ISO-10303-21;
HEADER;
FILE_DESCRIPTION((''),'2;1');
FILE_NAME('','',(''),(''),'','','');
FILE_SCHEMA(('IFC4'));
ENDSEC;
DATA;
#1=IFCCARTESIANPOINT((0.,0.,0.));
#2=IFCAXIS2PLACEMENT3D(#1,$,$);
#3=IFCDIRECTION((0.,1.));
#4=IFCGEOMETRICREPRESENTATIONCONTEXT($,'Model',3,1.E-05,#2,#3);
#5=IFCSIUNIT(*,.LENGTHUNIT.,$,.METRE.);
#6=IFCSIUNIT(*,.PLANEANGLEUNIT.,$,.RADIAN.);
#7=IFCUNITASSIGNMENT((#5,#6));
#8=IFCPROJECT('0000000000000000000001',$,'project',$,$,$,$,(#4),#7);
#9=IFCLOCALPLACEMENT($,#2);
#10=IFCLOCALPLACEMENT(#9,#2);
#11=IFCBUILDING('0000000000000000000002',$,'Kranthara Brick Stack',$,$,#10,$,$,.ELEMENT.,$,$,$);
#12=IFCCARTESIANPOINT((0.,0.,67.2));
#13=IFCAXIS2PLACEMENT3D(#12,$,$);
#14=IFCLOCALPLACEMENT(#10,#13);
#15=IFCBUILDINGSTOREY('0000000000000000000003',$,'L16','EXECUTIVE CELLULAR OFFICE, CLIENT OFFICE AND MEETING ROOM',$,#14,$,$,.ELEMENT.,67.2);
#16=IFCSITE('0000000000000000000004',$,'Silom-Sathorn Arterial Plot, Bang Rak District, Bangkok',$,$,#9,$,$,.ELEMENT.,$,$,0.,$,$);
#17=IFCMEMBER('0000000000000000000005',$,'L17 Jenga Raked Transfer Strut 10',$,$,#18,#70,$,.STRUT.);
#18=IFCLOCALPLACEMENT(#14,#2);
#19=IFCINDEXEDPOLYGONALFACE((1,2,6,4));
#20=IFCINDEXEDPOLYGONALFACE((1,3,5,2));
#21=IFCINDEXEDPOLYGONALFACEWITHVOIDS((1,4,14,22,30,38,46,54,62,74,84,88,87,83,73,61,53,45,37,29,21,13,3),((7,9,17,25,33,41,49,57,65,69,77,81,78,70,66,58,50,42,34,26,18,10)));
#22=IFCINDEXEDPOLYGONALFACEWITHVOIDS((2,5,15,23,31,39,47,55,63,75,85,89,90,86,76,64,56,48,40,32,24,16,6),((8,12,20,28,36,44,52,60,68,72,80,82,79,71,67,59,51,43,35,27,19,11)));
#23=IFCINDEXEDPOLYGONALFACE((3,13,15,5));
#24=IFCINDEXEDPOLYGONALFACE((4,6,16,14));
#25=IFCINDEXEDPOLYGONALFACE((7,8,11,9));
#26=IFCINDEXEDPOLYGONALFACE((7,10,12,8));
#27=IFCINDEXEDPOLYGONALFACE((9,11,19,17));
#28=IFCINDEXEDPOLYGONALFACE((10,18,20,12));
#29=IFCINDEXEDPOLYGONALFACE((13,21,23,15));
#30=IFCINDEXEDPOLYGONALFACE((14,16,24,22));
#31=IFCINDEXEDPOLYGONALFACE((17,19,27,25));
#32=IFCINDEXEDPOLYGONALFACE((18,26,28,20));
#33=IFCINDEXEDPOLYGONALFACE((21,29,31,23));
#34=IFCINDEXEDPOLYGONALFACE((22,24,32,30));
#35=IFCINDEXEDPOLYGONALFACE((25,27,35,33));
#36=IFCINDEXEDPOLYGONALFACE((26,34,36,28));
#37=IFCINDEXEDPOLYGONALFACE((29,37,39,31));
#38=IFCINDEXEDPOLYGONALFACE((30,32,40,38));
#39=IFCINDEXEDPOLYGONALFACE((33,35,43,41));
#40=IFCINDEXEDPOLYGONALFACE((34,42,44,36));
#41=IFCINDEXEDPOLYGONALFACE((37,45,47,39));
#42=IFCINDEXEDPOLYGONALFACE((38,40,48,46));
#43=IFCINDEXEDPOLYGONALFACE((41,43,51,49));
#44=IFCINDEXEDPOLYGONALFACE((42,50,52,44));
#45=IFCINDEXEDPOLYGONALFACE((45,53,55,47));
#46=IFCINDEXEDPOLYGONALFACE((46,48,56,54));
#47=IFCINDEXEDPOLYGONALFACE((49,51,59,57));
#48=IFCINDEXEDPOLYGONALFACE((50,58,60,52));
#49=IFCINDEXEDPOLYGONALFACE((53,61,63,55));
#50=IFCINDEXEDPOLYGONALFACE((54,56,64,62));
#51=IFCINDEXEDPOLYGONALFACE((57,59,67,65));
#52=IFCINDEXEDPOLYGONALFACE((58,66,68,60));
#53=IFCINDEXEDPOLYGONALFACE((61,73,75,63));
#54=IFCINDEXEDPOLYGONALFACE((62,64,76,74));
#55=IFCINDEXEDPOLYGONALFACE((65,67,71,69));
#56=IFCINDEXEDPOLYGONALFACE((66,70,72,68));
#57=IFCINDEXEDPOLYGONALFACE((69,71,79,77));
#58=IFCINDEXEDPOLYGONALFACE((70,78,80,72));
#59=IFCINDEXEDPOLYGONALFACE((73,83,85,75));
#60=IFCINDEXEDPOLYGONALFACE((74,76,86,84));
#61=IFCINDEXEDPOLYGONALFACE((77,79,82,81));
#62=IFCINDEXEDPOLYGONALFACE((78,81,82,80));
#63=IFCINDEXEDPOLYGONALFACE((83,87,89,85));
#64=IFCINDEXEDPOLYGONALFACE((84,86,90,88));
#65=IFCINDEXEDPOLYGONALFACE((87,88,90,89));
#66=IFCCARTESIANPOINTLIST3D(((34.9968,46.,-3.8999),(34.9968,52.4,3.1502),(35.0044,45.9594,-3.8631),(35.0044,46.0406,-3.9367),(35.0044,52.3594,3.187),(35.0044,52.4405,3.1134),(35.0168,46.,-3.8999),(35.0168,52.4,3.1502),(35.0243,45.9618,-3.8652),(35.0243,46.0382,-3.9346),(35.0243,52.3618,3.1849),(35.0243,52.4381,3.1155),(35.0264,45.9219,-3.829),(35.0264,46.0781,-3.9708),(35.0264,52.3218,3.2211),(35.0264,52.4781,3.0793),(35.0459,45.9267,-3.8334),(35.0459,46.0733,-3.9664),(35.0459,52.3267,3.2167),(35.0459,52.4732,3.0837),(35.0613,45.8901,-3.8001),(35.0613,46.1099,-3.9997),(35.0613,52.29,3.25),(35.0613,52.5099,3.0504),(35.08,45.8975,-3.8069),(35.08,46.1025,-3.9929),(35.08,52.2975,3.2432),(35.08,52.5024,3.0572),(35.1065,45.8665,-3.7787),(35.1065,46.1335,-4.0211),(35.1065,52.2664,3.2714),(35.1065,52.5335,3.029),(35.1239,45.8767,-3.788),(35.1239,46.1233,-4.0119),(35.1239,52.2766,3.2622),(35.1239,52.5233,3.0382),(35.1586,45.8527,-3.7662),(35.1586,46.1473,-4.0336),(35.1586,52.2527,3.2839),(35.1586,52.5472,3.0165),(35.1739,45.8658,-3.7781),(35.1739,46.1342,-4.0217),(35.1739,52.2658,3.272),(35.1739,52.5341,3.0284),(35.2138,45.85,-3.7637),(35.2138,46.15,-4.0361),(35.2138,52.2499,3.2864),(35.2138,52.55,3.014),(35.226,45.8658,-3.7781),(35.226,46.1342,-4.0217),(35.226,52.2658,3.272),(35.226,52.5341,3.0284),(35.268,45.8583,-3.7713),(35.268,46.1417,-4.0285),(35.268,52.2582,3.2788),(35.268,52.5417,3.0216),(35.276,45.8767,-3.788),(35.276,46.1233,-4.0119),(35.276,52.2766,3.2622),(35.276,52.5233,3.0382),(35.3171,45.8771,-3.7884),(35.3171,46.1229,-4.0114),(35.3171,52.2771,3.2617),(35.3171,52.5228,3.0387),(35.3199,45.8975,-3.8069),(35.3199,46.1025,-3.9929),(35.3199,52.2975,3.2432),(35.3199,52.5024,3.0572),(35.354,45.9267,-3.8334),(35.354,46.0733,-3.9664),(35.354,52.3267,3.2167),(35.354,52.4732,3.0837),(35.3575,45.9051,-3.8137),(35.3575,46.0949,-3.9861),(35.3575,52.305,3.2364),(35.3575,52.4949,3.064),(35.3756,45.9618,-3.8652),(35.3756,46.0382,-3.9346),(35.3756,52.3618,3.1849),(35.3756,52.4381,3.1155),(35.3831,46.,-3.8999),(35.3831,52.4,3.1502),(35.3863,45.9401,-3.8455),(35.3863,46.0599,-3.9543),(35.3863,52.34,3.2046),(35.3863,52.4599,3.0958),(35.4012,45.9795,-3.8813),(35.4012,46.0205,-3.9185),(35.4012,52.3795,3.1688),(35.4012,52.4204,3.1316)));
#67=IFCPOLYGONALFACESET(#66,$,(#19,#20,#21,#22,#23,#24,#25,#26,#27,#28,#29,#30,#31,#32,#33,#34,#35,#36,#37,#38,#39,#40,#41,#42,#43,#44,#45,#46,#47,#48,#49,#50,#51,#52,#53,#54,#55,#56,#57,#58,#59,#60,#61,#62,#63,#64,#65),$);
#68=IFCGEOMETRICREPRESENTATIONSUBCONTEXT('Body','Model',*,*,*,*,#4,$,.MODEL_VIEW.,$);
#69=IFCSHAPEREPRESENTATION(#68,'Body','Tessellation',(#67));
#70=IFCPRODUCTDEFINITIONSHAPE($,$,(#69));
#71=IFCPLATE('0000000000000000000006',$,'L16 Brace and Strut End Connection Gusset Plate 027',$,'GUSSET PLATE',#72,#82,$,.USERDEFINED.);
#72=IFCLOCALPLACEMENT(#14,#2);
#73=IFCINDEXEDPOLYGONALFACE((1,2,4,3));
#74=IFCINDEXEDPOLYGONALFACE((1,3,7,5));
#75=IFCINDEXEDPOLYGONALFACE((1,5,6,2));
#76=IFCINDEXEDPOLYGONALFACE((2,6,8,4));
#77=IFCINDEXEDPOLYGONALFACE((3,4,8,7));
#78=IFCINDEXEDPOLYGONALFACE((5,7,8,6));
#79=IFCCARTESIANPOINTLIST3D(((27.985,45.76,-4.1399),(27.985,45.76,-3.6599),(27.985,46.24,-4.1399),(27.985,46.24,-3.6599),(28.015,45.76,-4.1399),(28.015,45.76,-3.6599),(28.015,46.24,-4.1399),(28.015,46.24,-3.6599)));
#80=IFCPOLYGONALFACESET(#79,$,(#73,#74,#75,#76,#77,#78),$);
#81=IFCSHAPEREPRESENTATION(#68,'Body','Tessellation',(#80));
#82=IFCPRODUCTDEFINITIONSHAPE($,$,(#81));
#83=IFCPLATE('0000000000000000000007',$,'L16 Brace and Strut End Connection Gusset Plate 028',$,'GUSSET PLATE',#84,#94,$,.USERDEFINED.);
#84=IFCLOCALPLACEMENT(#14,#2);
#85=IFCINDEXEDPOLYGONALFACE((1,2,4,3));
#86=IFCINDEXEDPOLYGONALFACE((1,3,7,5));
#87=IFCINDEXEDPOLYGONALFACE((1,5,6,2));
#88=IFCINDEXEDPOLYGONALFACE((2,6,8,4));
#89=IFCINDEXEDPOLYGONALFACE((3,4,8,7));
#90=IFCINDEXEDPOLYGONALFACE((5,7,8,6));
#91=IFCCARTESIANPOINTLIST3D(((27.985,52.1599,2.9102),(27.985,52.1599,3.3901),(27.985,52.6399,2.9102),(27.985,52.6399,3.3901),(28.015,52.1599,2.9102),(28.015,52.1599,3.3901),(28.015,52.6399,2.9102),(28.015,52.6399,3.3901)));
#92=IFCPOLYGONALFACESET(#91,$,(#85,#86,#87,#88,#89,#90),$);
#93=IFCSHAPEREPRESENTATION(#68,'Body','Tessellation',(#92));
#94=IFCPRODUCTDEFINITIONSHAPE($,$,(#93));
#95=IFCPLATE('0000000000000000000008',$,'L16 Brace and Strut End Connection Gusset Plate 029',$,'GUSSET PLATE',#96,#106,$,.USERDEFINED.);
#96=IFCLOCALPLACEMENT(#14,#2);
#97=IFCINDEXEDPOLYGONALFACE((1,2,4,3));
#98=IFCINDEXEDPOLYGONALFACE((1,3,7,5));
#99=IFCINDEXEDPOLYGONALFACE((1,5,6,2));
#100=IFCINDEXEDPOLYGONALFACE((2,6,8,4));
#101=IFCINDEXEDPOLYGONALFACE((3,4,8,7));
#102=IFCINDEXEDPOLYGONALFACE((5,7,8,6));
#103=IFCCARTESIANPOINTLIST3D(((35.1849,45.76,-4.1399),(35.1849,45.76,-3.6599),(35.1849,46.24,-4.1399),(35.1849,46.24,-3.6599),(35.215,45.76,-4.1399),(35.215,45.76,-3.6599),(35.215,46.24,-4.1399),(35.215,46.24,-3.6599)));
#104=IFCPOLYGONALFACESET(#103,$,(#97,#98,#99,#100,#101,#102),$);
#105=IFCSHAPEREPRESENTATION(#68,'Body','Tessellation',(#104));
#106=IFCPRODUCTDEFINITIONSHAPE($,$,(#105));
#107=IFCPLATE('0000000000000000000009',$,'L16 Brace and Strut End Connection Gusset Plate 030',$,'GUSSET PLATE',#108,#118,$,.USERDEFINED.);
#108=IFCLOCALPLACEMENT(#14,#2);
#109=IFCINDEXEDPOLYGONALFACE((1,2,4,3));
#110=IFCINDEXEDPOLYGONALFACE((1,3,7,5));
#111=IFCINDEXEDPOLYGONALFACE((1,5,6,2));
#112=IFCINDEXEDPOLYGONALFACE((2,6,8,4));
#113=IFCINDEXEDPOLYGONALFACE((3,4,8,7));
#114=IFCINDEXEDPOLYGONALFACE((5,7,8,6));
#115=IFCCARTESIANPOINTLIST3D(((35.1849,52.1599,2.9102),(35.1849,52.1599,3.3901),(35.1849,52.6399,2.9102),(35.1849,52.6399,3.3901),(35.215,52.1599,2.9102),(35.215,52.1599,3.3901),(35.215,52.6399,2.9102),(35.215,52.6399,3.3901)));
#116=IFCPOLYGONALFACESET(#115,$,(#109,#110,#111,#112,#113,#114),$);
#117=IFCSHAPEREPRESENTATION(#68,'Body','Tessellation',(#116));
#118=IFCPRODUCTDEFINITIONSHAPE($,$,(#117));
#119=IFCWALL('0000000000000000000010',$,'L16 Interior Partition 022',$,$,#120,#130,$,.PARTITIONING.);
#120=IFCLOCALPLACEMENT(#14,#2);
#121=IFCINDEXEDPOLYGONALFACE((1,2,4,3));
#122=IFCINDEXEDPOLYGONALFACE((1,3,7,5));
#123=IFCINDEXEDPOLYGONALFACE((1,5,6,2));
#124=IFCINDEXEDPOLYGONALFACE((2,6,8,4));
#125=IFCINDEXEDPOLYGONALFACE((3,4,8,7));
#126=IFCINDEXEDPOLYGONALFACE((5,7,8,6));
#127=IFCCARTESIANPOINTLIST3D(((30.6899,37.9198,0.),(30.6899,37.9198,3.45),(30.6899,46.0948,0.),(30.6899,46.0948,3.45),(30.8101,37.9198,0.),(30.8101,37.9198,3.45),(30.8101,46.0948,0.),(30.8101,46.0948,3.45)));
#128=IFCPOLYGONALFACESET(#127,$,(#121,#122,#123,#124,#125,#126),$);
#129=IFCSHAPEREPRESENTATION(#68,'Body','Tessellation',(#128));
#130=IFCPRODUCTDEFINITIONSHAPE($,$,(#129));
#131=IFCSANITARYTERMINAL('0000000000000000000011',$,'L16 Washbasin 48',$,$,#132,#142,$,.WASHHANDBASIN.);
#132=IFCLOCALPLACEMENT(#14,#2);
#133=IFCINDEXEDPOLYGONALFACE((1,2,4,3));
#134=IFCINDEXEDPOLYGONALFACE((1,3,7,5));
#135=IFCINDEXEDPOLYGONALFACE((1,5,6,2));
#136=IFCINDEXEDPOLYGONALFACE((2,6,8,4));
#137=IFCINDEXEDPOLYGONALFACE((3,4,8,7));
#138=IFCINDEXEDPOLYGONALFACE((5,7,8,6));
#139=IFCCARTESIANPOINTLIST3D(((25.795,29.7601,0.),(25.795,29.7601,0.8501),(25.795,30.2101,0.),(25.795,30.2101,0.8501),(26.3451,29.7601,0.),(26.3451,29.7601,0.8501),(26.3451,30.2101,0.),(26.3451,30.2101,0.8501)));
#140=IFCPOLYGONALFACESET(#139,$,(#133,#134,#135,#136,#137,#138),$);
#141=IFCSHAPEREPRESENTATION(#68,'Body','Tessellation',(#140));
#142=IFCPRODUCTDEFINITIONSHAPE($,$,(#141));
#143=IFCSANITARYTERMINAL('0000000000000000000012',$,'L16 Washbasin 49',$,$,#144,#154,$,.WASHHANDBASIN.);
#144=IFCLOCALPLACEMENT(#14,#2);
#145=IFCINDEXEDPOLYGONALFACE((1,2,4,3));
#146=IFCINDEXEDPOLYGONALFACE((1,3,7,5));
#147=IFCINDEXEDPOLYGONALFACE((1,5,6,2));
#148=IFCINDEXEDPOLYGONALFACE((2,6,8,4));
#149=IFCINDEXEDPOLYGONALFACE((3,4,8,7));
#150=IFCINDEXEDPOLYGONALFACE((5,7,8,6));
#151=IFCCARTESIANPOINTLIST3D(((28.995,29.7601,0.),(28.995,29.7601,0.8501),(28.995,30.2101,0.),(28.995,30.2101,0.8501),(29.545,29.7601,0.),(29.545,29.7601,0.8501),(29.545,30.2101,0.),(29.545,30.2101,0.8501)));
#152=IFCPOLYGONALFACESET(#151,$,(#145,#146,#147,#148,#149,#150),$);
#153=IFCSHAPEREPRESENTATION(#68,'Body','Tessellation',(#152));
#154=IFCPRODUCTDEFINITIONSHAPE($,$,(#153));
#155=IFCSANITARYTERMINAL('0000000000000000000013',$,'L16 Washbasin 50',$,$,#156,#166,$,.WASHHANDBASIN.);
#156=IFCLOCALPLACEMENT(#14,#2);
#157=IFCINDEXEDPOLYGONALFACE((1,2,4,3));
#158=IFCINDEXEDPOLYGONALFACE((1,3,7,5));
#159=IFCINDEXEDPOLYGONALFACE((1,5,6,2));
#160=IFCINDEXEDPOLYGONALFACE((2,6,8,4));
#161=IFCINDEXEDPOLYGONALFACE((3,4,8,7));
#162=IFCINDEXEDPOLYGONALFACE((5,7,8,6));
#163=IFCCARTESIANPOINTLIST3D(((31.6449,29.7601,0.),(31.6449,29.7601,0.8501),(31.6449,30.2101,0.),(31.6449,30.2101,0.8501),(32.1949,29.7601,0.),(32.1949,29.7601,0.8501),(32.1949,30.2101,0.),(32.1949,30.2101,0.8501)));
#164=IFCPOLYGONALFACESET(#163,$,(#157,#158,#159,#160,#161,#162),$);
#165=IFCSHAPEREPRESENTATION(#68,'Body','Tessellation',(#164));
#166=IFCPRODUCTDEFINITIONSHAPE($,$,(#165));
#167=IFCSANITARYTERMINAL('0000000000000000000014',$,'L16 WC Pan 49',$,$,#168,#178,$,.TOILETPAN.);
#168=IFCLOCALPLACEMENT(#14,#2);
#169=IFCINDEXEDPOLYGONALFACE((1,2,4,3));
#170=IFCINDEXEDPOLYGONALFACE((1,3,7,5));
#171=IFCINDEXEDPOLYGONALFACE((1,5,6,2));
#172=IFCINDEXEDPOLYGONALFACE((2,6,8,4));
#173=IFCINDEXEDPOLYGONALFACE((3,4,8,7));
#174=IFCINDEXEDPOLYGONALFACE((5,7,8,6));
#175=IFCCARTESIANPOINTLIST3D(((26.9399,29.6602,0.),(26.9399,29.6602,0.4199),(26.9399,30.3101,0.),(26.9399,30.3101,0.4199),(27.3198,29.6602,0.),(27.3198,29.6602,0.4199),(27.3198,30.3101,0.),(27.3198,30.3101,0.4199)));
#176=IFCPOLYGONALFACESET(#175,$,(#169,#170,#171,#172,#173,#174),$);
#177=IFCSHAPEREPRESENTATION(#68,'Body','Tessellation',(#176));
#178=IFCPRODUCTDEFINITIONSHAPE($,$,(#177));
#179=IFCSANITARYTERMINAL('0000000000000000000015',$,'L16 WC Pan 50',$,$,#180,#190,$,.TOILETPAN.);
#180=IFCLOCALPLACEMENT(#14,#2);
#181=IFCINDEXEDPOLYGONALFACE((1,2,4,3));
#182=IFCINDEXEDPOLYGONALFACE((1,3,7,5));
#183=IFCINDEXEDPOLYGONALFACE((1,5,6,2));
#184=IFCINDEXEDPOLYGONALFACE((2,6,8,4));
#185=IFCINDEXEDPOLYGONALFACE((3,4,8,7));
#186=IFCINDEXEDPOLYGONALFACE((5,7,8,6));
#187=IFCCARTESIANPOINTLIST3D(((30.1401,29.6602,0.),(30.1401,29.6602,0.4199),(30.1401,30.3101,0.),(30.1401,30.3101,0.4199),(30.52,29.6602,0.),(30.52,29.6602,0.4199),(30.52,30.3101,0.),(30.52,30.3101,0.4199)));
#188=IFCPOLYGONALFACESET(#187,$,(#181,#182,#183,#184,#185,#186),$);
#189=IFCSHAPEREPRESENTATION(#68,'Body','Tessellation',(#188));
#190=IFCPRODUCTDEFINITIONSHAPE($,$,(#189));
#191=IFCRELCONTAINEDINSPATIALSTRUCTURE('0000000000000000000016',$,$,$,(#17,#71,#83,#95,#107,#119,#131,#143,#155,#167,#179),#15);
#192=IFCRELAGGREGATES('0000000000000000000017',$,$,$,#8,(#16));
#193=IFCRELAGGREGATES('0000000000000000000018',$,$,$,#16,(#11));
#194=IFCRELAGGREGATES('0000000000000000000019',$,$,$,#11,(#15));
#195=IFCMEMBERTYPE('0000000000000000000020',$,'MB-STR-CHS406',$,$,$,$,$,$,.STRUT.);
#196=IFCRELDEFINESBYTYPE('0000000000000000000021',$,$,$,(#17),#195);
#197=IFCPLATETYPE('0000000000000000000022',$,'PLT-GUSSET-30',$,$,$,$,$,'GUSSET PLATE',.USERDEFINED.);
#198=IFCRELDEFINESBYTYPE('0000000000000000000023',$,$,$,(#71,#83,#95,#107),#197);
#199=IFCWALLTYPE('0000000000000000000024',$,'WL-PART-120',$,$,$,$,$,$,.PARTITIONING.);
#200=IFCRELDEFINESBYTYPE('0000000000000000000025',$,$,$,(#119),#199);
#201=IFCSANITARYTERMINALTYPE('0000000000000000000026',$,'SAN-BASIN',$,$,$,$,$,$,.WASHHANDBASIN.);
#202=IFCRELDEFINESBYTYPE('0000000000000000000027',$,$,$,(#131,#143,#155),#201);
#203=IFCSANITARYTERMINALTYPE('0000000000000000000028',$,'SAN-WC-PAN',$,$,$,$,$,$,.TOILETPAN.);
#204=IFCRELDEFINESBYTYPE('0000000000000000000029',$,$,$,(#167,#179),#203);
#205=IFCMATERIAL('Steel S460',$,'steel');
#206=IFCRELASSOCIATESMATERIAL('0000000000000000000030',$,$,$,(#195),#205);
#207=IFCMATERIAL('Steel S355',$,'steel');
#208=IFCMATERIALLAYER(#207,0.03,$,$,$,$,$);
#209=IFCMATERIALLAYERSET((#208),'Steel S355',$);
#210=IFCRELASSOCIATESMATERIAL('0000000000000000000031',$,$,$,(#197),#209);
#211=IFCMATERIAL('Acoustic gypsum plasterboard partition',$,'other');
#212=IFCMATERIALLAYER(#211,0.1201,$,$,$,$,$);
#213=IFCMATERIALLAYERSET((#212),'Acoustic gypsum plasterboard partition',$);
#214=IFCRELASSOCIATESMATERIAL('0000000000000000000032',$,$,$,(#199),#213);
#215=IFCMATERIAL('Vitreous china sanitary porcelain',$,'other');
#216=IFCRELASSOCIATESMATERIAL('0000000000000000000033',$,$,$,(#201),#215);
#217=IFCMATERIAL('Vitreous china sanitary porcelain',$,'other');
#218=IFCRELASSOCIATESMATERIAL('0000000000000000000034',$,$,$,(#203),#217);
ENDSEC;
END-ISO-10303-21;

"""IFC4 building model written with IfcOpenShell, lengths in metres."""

from ifc_helpers import new_model, si_unit, direction, frame, frame_2d, origin, origin_2d, place, context, subcontext, project, spatial, rectangle, hollow_circle, extrude, material, layer, layer_set, material_profile, profile_set, type_object, element, save


model = new_model("IFC4")

# Units and contexts
model_context = context("Model", 3, precision=1e-05, world=origin(), true_north=direction((0.0, 1.0)))
body_context = subcontext(model_context, "Body", "Model", "MODEL_VIEW")
ifc_project = project(units=[si_unit("LENGTHUNIT", "METRE"), si_unit("PLANEANGLEUNIT", "RADIAN")], contexts=[model_context])

# Site, building, storey
site_placement = place(None, origin())
site = spatial("IfcSite", under=ifc_project, at=site_placement, Name="Silom-Sathorn Arterial Plot, Bang Rak District, Bangkok", CompositionType="ELEMENT", RefElevation=0.0)
building_placement = place(site_placement, origin())
building = spatial("IfcBuilding", under=site, at=building_placement, Name="Kranthara Brick Stack", CompositionType="ELEMENT")
storey_placement = place(building_placement, frame((0.0, 0.0, 67.2)))
storey = spatial("IfcBuildingStorey", under=building, at=storey_placement, Name="L16", Description="EXECUTIVE CELLULAR OFFICE, CLIENT OFFICE AND MEETING ROOM", CompositionType="ELEMENT", Elevation=67.2)

# Member
ifc_material_1 = material(Name="Steel S460", Category="steel")
ifc_material_profile_1 = material_profile(ifc_material_1, hollow_circle(Radius=0.2031, WallThickness=0.02, at=origin_2d()), Name="CHS 406.4x20")
ifc_profile_set_1 = profile_set([ifc_material_profile_1], Name="Steel S460")
member_type = type_object("IfcMemberType", Name="MB-STR-CHS406", PredefinedType="STRUT", material=ifc_profile_set_1)
for number, where, z_axis, x_axis, name in (
    (1, (35.2, 46.0, -3.8999), (0.0, 0.672142, 0.740423), (-1.0, 0.0, 0.0), "L17 Jenga Raked Transfer Strut 10"),
):
    element("IfcMember", number, at=place(storey_placement, frame(where, z_axis=z_axis, x_axis=x_axis)), inside=storey, type_object=member_type, Name=name, PredefinedType="STRUT", context=body_context, shape_type="SweptSolid", body=[
        extrude(hollow_circle(Radius=0.2031, WallThickness=0.02, at=origin_2d()), origin(), (0.0, 0.0, 1.0), 9.5217),
    ])

# Plates
ifc_material_2 = material(Name="Steel S355", Category="steel")
ifc_layer_1 = layer(ifc_material_2, 0.03)
ifc_layer_set_1 = layer_set([ifc_layer_1], Name="Steel S355")
plate_type = type_object("IfcPlateType", Name="PLT-GUSSET-30", ElementType="GUSSET PLATE", PredefinedType="USERDEFINED", material=ifc_layer_set_1)
for number, where, z_axis, x_axis, name in (
    (2, (28.0, 46.0, -4.1399), (0.0, 0.0, 1.0), (0.0, 1.0, 0.0), "L16 Brace and Strut End Connection Gusset Plate 027"),
    (3, (28.0, 52.3999, 2.9102), (0.0, 0.0, 1.0), (0.0, 1.0, 0.0), "L16 Brace and Strut End Connection Gusset Plate 028"),
    (4, (35.2, 46.0, -4.1399), (0.0, 0.0, 1.0), (0.0, 1.0, 0.0), "L16 Brace and Strut End Connection Gusset Plate 029"),
    (5, (35.2, 52.3999, 2.9102), (0.0, 0.0, 1.0), (0.0, 1.0, 0.0), "L16 Brace and Strut End Connection Gusset Plate 030"),
):
    element("IfcPlate", number, at=place(storey_placement, frame(where, z_axis=z_axis, x_axis=x_axis)), inside=storey, type_object=plate_type, Name=name, ObjectType="GUSSET PLATE", PredefinedType="USERDEFINED", context=body_context, shape_type="SweptSolid", body=[
        extrude(rectangle(XDim=0.48, YDim=0.03, at=origin_2d()), origin(), (0.0, 0.0, 1.0), 0.48),
    ])

# Wall
ifc_material_3 = material(Name="Acoustic gypsum plasterboard partition", Category="other")
ifc_layer_2 = layer(ifc_material_3, 0.1201)
ifc_layer_set_2 = layer_set([ifc_layer_2], Name="Acoustic gypsum plasterboard partition")
wall_type = type_object("IfcWallType", Name="WL-PART-120", PredefinedType="PARTITIONING", material=ifc_layer_set_2)
wall_placement = place(storey_placement, frame((30.75, 37.9199, 0.0), z_axis=(0.0, 0.0, 1.0), x_axis=(0.0, 1.0, 0.0)))
element("IfcWall", 6, at=wall_placement, inside=storey, type_object=wall_type, Name="L16 Interior Partition 022", PredefinedType="PARTITIONING", context=body_context, shape_type="SweptSolid", body=[
    extrude(rectangle(XDim=8.175, YDim=0.1201, at=frame_2d((4.0874, 0.0))), origin(), (0.0, 0.0, 1.0), 3.45),
])

# Sanitary terminals
ifc_material_4 = material(Name="Vitreous china sanitary porcelain", Category="other")
sanitary_terminal_type_1 = type_object("IfcSanitaryTerminalType", Name="SAN-BASIN", PredefinedType="WASHHANDBASIN", material=ifc_material_4)
for number, where, z_axis, x_axis, name in (
    (7, (26.0701, 29.9851, 0.0), (0.0, 0.0, 1.0), (1.0, 0.0, 0.0), "L16 Washbasin 48"),
    (8, (29.27, 29.9851, 0.0), (0.0, 0.0, 1.0), (1.0, 0.0, 0.0), "L16 Washbasin 49"),
    (9, (31.9199, 29.9851, 0.0), (0.0, 0.0, 1.0), (1.0, 0.0, 0.0), "L16 Washbasin 50"),
):
    element("IfcSanitaryTerminal", number, at=place(storey_placement, frame(where, z_axis=z_axis, x_axis=x_axis)), inside=storey, type_object=sanitary_terminal_type_1, Name=name, PredefinedType="WASHHANDBASIN", context=body_context, shape_type="SweptSolid", body=[
        extrude(rectangle(XDim=0.55, YDim=0.45, at=origin_2d()), origin(), (0.0, 0.0, 1.0), 0.8501),
    ])
ifc_material_5 = material(Name="Vitreous china sanitary porcelain", Category="other")
sanitary_terminal_type_2 = type_object("IfcSanitaryTerminalType", Name="SAN-WC-PAN", PredefinedType="TOILETPAN", material=ifc_material_5)
for number, where, z_axis, x_axis, name in (
    (10, (27.1299, 29.9851, 0.0), (0.0, 0.0, 1.0), (1.0, 0.0, 0.0), "L16 WC Pan 49"),
    (11, (30.3301, 29.9851, 0.0), (0.0, 0.0, 1.0), (1.0, 0.0, 0.0), "L16 WC Pan 50"),
):
    element("IfcSanitaryTerminal", number, at=place(storey_placement, frame(where, z_axis=z_axis, x_axis=x_axis)), inside=storey, type_object=sanitary_terminal_type_2, Name=name, PredefinedType="TOILETPAN", context=body_context, shape_type="SweptSolid", body=[
        extrude(rectangle(XDim=0.3799, YDim=0.6499, at=origin_2d()), origin(), (0.0, 0.0, 1.0), 0.4199),
    ])

save(model, "model.ifc")
